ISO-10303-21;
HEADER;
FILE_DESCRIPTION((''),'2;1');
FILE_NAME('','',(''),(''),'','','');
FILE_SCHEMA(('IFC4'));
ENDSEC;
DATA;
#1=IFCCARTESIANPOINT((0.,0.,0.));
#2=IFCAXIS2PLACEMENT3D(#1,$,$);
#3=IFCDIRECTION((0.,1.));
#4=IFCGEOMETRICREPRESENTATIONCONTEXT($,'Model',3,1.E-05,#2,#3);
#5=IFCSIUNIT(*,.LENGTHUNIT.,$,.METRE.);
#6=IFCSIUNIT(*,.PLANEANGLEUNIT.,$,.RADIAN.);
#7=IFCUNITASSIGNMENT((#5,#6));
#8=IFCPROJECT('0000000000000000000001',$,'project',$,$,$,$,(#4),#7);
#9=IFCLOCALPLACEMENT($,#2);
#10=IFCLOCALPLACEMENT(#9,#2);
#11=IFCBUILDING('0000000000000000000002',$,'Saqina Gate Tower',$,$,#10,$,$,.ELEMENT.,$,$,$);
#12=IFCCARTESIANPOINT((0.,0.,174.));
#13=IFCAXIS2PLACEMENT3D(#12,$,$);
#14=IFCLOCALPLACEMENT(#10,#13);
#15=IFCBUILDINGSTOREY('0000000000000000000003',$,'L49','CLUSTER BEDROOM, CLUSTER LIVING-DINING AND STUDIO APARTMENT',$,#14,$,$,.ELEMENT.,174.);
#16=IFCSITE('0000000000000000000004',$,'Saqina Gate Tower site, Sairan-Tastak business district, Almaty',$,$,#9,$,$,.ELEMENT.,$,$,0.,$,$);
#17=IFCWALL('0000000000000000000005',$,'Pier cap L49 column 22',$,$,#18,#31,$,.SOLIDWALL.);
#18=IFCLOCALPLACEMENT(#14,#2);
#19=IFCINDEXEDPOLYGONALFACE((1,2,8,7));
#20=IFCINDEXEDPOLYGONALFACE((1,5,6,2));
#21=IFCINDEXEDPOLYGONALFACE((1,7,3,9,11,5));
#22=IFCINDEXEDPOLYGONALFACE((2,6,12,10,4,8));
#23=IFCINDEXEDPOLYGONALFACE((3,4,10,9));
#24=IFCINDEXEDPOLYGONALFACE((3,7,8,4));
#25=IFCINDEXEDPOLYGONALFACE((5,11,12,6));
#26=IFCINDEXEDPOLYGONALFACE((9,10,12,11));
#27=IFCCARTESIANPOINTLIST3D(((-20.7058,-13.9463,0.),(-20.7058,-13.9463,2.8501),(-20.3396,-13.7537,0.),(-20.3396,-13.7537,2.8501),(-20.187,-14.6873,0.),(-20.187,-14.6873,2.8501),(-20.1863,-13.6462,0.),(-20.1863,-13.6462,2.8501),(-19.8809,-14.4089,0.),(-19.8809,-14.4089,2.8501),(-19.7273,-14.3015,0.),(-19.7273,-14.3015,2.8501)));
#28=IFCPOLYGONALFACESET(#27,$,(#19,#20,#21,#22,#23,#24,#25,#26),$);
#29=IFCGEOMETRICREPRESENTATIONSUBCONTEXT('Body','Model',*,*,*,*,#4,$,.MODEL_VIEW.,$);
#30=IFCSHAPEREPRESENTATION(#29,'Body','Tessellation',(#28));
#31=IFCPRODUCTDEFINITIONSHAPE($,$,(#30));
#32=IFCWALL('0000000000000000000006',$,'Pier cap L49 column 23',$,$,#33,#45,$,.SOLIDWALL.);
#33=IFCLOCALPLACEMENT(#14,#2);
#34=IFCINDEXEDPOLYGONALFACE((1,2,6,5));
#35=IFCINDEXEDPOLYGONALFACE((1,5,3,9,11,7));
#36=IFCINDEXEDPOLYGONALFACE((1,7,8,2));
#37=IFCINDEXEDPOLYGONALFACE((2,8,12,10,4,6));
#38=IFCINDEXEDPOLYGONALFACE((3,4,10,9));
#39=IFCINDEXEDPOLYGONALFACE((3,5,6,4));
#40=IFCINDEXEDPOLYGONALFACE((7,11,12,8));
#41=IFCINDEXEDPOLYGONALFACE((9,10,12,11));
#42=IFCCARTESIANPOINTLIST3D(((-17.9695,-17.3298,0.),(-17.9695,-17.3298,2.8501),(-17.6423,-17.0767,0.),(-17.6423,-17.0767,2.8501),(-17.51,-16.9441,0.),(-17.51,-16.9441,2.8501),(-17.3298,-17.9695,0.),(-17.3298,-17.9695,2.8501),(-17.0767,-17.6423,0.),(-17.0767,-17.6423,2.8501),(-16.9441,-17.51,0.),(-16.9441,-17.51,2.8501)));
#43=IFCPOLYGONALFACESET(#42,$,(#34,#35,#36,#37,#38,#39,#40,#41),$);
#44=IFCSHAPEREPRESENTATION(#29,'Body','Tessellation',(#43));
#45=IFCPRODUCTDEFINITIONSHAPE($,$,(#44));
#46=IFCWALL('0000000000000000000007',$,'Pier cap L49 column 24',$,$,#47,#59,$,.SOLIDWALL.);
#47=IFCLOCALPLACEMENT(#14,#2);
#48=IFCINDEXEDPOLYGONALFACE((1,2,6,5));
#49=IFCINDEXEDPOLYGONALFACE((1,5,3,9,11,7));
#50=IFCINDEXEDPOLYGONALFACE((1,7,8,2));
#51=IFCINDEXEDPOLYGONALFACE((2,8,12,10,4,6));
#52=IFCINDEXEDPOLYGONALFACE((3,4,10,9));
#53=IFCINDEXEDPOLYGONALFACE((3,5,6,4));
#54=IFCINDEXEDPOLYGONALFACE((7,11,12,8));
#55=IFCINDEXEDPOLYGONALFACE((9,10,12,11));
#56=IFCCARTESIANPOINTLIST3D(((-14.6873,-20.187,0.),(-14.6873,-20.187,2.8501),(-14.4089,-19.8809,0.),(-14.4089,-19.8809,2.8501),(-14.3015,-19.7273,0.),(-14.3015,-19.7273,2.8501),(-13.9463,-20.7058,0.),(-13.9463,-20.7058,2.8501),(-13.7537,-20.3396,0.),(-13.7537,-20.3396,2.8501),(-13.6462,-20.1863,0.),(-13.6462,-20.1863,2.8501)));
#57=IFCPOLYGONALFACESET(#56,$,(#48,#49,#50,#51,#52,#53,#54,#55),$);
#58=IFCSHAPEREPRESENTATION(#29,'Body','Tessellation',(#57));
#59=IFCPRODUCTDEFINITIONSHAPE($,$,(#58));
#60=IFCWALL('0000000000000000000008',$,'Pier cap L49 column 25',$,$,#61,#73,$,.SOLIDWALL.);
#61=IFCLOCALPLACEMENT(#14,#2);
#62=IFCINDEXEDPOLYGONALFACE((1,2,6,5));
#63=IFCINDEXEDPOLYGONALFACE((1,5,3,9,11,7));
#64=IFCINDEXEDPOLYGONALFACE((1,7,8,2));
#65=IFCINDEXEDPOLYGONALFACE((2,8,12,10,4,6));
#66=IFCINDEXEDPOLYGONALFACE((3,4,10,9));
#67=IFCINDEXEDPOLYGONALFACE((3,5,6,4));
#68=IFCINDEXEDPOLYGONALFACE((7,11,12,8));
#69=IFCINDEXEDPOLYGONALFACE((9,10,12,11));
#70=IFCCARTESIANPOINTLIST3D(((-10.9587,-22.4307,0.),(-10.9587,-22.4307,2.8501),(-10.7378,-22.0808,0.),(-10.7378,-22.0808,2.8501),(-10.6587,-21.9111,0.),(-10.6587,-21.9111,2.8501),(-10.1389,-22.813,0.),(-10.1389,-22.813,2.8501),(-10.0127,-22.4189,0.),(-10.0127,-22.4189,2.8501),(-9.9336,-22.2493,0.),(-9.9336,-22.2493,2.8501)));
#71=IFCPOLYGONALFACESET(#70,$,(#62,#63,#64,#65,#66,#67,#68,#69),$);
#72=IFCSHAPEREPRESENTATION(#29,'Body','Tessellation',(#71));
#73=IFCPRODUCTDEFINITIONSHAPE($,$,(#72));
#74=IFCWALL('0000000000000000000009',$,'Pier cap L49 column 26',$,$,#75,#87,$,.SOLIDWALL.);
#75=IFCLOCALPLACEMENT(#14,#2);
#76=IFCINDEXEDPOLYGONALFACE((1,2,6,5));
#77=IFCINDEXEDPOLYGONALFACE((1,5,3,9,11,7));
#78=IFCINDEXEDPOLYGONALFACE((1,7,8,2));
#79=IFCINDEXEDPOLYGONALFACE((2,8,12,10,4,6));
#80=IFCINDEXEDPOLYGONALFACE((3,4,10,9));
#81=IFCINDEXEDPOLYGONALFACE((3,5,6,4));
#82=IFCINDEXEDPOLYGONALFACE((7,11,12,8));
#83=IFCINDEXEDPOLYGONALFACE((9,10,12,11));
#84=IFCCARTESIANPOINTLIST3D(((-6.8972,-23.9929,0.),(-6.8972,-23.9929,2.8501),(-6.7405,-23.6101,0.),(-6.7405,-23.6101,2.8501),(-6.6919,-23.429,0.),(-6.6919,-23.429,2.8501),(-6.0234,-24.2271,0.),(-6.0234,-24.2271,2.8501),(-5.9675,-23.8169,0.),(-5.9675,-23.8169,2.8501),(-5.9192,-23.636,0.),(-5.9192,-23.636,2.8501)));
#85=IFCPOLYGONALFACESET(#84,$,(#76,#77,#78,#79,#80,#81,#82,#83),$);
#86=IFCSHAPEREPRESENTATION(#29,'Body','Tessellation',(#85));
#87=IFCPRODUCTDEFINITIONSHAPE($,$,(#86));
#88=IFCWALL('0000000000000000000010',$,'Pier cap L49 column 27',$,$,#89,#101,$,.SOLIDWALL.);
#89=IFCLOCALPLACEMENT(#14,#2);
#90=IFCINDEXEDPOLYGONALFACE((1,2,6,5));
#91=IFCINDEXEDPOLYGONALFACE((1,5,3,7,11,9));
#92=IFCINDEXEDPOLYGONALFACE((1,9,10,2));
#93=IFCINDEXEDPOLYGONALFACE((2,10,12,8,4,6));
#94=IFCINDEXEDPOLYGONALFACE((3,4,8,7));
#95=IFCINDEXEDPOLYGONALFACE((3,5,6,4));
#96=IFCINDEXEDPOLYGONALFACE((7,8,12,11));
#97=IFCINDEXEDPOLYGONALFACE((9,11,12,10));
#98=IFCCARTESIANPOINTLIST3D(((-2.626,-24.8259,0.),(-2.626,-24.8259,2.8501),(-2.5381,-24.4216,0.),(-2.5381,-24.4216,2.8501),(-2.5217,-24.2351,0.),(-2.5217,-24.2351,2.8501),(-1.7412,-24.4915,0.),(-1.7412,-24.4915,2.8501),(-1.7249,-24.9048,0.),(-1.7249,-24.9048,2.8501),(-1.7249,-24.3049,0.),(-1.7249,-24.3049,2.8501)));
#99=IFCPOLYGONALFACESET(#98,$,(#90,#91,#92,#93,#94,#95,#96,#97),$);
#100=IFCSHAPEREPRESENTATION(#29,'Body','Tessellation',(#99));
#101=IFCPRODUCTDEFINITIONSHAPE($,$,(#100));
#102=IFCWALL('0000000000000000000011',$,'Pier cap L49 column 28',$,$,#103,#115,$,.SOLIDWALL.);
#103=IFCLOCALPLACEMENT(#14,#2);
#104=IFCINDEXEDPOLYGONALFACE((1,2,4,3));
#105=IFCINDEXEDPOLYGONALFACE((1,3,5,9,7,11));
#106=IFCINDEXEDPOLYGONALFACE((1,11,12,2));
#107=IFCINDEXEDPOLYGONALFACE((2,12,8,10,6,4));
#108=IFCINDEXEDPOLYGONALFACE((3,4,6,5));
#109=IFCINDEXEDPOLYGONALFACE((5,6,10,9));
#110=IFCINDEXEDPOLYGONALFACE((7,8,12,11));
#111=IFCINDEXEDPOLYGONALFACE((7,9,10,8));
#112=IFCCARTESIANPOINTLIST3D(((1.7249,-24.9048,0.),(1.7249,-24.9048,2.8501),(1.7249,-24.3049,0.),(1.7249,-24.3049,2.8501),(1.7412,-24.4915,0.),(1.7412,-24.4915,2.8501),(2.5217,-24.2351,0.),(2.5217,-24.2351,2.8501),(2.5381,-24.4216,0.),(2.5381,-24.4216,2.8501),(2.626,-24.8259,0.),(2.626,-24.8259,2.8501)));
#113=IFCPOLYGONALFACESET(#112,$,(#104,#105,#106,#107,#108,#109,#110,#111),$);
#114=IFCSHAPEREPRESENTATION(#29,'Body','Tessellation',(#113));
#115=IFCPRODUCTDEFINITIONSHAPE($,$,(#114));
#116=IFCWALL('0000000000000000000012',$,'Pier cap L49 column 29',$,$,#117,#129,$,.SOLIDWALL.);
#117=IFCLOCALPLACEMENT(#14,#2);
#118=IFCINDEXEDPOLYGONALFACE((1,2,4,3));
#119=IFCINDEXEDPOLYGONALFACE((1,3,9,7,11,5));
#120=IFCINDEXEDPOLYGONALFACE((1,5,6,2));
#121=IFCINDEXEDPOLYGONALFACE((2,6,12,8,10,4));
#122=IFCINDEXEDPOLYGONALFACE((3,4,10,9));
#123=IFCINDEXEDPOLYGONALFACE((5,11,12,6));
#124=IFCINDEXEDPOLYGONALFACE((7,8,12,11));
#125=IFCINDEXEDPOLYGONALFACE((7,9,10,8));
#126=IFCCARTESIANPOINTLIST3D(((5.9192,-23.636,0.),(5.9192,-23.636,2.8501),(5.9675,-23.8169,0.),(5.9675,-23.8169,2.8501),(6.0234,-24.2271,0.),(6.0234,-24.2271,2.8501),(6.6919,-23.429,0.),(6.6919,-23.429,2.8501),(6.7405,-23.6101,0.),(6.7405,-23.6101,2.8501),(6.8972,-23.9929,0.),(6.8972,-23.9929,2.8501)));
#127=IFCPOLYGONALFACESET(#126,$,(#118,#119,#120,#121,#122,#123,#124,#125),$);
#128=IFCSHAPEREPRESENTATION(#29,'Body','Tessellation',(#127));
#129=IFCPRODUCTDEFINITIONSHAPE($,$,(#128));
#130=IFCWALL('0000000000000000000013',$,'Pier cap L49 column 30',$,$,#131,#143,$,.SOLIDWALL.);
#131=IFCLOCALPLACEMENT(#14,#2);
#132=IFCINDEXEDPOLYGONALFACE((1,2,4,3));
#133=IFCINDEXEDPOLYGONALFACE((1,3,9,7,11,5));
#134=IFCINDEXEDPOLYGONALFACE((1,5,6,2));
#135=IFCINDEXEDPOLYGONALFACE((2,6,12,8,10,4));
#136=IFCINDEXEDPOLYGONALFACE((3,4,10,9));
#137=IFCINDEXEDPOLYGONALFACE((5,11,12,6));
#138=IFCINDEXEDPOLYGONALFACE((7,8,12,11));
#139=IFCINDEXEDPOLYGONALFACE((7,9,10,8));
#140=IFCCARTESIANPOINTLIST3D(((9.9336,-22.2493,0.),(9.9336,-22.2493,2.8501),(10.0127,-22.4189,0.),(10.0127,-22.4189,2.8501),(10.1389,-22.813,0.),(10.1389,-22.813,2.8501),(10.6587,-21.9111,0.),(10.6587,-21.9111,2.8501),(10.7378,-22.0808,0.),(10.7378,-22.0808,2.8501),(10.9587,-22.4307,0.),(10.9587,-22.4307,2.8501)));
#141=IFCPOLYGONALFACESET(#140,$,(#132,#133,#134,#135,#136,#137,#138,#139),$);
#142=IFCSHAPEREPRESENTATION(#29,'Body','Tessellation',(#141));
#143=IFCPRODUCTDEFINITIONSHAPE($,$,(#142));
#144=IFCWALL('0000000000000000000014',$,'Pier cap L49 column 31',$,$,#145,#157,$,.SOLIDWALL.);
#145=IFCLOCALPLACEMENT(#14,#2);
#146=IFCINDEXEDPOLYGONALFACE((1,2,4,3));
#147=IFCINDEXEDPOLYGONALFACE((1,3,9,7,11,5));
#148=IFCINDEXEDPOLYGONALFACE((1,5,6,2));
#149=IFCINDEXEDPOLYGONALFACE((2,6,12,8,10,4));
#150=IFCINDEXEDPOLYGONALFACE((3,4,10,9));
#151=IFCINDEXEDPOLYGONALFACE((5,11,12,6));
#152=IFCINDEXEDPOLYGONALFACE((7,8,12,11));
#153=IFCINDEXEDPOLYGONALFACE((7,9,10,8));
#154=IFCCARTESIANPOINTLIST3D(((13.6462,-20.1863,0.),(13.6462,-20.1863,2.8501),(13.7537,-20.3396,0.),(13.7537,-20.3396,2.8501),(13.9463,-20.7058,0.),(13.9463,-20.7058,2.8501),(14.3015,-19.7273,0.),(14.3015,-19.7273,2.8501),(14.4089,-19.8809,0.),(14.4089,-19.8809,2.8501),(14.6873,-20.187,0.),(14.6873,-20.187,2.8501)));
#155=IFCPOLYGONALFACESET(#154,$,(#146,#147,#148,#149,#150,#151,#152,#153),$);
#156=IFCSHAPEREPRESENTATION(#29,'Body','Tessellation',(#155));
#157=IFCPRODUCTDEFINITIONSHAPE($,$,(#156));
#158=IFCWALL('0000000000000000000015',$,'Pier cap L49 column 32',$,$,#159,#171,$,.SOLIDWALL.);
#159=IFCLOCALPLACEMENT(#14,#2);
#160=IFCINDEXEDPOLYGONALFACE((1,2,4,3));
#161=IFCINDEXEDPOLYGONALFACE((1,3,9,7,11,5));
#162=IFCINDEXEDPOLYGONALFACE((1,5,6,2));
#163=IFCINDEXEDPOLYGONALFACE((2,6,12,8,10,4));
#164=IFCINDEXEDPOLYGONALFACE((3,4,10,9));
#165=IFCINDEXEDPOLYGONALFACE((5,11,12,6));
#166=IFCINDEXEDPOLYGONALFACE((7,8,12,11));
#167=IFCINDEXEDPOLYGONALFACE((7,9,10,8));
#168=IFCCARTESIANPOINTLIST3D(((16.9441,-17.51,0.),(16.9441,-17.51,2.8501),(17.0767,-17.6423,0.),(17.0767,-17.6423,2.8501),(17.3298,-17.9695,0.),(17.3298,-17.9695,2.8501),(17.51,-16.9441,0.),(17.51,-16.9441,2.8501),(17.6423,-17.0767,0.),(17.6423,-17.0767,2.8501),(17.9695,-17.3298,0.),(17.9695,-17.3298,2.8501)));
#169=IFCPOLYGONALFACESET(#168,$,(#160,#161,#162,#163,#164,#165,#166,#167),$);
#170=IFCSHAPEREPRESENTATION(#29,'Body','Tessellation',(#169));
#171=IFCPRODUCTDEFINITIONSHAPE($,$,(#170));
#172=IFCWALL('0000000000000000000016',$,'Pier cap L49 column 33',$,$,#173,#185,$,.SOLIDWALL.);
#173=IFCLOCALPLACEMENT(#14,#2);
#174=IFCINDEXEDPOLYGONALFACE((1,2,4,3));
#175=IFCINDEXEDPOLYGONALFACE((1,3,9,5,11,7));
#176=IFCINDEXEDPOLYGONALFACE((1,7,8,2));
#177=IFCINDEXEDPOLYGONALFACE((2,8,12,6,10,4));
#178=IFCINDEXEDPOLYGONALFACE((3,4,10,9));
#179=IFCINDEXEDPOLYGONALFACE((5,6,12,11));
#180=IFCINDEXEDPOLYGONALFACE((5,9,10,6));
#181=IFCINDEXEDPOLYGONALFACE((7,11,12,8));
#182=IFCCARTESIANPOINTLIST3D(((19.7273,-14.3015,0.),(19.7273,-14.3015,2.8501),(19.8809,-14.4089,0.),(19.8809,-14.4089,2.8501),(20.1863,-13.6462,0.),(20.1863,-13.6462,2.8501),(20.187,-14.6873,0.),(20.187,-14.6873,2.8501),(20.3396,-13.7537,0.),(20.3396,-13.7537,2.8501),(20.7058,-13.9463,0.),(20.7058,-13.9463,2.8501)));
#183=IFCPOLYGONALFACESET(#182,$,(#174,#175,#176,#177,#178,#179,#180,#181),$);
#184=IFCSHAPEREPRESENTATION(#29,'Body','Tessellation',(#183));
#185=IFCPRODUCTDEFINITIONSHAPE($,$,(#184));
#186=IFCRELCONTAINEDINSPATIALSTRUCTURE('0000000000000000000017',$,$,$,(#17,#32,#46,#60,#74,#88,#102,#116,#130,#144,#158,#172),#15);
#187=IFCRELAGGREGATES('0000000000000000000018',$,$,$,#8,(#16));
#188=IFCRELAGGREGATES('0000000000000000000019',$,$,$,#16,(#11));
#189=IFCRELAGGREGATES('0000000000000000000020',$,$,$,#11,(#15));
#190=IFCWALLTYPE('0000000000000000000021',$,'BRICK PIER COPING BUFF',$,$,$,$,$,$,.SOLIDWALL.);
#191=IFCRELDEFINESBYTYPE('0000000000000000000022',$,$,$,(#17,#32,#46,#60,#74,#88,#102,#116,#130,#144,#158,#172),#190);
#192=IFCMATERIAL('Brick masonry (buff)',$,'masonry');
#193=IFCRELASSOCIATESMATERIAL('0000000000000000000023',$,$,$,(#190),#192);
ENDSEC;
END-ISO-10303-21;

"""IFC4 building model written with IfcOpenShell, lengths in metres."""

from ifc_helpers import new_model, si_unit, direction, frame, origin, place, context, subcontext, project, spatial, polyline, outline, extrude, material, type_object, element, save


model = new_model("IFC4")

# Units and contexts
model_context = context("Model", 3, precision=1e-05, world=origin(), true_north=direction((0.0, 1.0)))
body_context = subcontext(model_context, "Body", "Model", "MODEL_VIEW")
ifc_project = project(units=[si_unit("LENGTHUNIT", "METRE"), si_unit("PLANEANGLEUNIT", "RADIAN")], contexts=[model_context])

# Site, building, storey
site_placement = place(None, origin())
site = spatial("IfcSite", under=ifc_project, at=site_placement, Name="Saqina Gate Tower site, Sairan-Tastak business district, Almaty", CompositionType="ELEMENT", RefElevation=0.0)
building_placement = place(site_placement, origin())
building = spatial("IfcBuilding", under=site, at=building_placement, Name="Saqina Gate Tower", CompositionType="ELEMENT")
storey_placement = place(building_placement, frame((0.0, 0.0, 174.0)))
storey = spatial("IfcBuildingStorey", under=building, at=storey_placement, Name="L49", Description="CLUSTER BEDROOM, CLUSTER LIVING-DINING AND STUDIO APARTMENT", CompositionType="ELEMENT", Elevation=174.0)

# Walls
ifc_material = material(Name="Brick masonry (buff)", Category="masonry")
wall_type = type_object("IfcWallType", Name="BRICK PIER COPING BUFF", PredefinedType="SOLIDWALL", material=ifc_material)
wall_1_placement = place(storey_placement, origin())
element("IfcWall", 1, at=wall_1_placement, inside=storey, type_object=wall_type, Name="Pier cap L49 column 22", PredefinedType="SOLIDWALL", context=body_context, shape_type="SweptSolid", body=[
    extrude(outline(polyline([(-20.7058, -13.9463), (-20.187, -14.6873), (-19.7273, -14.3015), (-19.8809, -14.4089), (-20.3396, -13.7537), (-20.1863, -13.6462), (-20.7058, -13.9463)])), origin(), (0.0, 0.0, 1.0), 2.8501),
])
wall_2_placement = place(storey_placement, origin())
element("IfcWall", 2, at=wall_2_placement, inside=storey, type_object=wall_type, Name="Pier cap L49 column 23", PredefinedType="SOLIDWALL", context=body_context, shape_type="SweptSolid", body=[
    extrude(outline(polyline([(-17.3298, -17.9695), (-16.9441, -17.51), (-17.0767, -17.6423), (-17.6423, -17.0767), (-17.51, -16.9441), (-17.9695, -17.3298), (-17.3298, -17.9695)])), origin(), (0.0, 0.0, 1.0), 2.8501),
])
wall_3_placement = place(storey_placement, origin())
element("IfcWall", 3, at=wall_3_placement, inside=storey, type_object=wall_type, Name="Pier cap L49 column 24", PredefinedType="SOLIDWALL", context=body_context, shape_type="SweptSolid", body=[
    extrude(outline(polyline([(-14.6873, -20.187), (-13.9463, -20.7058), (-13.6462, -20.1863), (-13.7537, -20.3396), (-14.4089, -19.8809), (-14.3015, -19.7273), (-14.6873, -20.187)])), origin(), (0.0, 0.0, 1.0), 2.8501),
])
wall_4_placement = place(storey_placement, origin())
element("IfcWall", 4, at=wall_4_placement, inside=storey, type_object=wall_type, Name="Pier cap L49 column 25", PredefinedType="SOLIDWALL", context=body_context, shape_type="SweptSolid", body=[
    extrude(outline(polyline([(-10.1389, -22.813), (-9.9336, -22.2493), (-10.0127, -22.4189), (-10.7378, -22.0808), (-10.6587, -21.9111), (-10.9587, -22.4307), (-10.1389, -22.813)])), origin(), (0.0, 0.0, 1.0), 2.8501),
])
wall_5_placement = place(storey_placement, origin())
element("IfcWall", 5, at=wall_5_placement, inside=storey, type_object=wall_type, Name="Pier cap L49 column 26", PredefinedType="SOLIDWALL", context=body_context, shape_type="SweptSolid", body=[
    extrude(outline(polyline([(-6.0234, -24.2271), (-5.9192, -23.636), (-5.9675, -23.8169), (-6.7405, -23.6101), (-6.6919, -23.429), (-6.8972, -23.9929), (-6.0234, -24.2271)])), origin(), (0.0, 0.0, 1.0), 2.8501),
])
wall_6_placement = place(storey_placement, origin())
element("IfcWall", 6, at=wall_6_placement, inside=storey, type_object=wall_type, Name="Pier cap L49 column 27", PredefinedType="SOLIDWALL", context=body_context, shape_type="SweptSolid", body=[
    extrude(outline(polyline([(-2.626, -24.8259), (-1.7249, -24.9048), (-1.7249, -24.3049), (-1.7412, -24.4915), (-2.5381, -24.4216), (-2.5217, -24.2351), (-2.626, -24.8259)])), origin(), (0.0, 0.0, 1.0), 2.8501),
])
wall_7_placement = place(storey_placement, origin())
element("IfcWall", 7, at=wall_7_placement, inside=storey, type_object=wall_type, Name="Pier cap L49 column 28", PredefinedType="SOLIDWALL", context=body_context, shape_type="SweptSolid", body=[
    extrude(outline(polyline([(1.7249, -24.9048), (2.626, -24.8259), (2.5217, -24.2351), (2.5381, -24.4216), (1.7412, -24.4915), (1.7249, -24.3049), (1.7249, -24.9048)])), origin(), (0.0, 0.0, 1.0), 2.8501),
])
wall_8_placement = place(storey_placement, origin())
element("IfcWall", 8, at=wall_8_placement, inside=storey, type_object=wall_type, Name="Pier cap L49 column 29", PredefinedType="SOLIDWALL", context=body_context, shape_type="SweptSolid", body=[
    extrude(outline(polyline([(6.0234, -24.2271), (6.8972, -23.9929), (6.6919, -23.429), (6.7405, -23.6101), (5.9675, -23.8169), (5.9192, -23.636), (6.0234, -24.2271)])), origin(), (0.0, 0.0, 1.0), 2.8501),
])
wall_9_placement = place(storey_placement, origin())
element("IfcWall", 9, at=wall_9_placement, inside=storey, type_object=wall_type, Name="Pier cap L49 column 30", PredefinedType="SOLIDWALL", context=body_context, shape_type="SweptSolid", body=[
    extrude(outline(polyline([(10.9587, -22.4307), (10.6587, -21.9111), (10.7378, -22.0808), (10.0127, -22.4189), (9.9336, -22.2493), (10.1389, -22.813), (10.9587, -22.4307)])), origin(), (0.0, 0.0, 1.0), 2.8501),
])
wall_10_placement = place(storey_placement, origin())
element("IfcWall", 10, at=wall_10_placement, inside=storey, type_object=wall_type, Name="Pier cap L49 column 31", PredefinedType="SOLIDWALL", context=body_context, shape_type="SweptSolid", body=[
    extrude(outline(polyline([(13.9463, -20.7058), (14.6873, -20.187), (14.3015, -19.7273), (14.4089, -19.8809), (13.7537, -20.3396), (13.6462, -20.1863), (13.9463, -20.7058)])), origin(), (0.0, 0.0, 1.0), 2.8501),
])
wall_11_placement = place(storey_placement, origin())
element("IfcWall", 11, at=wall_11_placement, inside=storey, type_object=wall_type, Name="Pier cap L49 column 32", PredefinedType="SOLIDWALL", context=body_context, shape_type="SweptSolid", body=[
    extrude(outline(polyline([(17.9695, -17.3298), (17.51, -16.9441), (17.6423, -17.0767), (17.0767, -17.6423), (16.9441, -17.51), (17.3298, -17.9695), (17.9695, -17.3298)])), origin(), (0.0, 0.0, 1.0), 2.8501),
])
wall_12_placement = place(storey_placement, origin())
element("IfcWall", 12, at=wall_12_placement, inside=storey, type_object=wall_type, Name="Pier cap L49 column 33", PredefinedType="SOLIDWALL", context=body_context, shape_type="SweptSolid", body=[
    extrude(outline(polyline([(20.187, -14.6873), (20.7058, -13.9463), (20.1863, -13.6462), (20.3396, -13.7537), (19.8809, -14.4089), (19.7273, -14.3015), (20.187, -14.6873)])), origin(), (0.0, 0.0, 1.0), 2.8501),
])

save(model, "model.ifc")
